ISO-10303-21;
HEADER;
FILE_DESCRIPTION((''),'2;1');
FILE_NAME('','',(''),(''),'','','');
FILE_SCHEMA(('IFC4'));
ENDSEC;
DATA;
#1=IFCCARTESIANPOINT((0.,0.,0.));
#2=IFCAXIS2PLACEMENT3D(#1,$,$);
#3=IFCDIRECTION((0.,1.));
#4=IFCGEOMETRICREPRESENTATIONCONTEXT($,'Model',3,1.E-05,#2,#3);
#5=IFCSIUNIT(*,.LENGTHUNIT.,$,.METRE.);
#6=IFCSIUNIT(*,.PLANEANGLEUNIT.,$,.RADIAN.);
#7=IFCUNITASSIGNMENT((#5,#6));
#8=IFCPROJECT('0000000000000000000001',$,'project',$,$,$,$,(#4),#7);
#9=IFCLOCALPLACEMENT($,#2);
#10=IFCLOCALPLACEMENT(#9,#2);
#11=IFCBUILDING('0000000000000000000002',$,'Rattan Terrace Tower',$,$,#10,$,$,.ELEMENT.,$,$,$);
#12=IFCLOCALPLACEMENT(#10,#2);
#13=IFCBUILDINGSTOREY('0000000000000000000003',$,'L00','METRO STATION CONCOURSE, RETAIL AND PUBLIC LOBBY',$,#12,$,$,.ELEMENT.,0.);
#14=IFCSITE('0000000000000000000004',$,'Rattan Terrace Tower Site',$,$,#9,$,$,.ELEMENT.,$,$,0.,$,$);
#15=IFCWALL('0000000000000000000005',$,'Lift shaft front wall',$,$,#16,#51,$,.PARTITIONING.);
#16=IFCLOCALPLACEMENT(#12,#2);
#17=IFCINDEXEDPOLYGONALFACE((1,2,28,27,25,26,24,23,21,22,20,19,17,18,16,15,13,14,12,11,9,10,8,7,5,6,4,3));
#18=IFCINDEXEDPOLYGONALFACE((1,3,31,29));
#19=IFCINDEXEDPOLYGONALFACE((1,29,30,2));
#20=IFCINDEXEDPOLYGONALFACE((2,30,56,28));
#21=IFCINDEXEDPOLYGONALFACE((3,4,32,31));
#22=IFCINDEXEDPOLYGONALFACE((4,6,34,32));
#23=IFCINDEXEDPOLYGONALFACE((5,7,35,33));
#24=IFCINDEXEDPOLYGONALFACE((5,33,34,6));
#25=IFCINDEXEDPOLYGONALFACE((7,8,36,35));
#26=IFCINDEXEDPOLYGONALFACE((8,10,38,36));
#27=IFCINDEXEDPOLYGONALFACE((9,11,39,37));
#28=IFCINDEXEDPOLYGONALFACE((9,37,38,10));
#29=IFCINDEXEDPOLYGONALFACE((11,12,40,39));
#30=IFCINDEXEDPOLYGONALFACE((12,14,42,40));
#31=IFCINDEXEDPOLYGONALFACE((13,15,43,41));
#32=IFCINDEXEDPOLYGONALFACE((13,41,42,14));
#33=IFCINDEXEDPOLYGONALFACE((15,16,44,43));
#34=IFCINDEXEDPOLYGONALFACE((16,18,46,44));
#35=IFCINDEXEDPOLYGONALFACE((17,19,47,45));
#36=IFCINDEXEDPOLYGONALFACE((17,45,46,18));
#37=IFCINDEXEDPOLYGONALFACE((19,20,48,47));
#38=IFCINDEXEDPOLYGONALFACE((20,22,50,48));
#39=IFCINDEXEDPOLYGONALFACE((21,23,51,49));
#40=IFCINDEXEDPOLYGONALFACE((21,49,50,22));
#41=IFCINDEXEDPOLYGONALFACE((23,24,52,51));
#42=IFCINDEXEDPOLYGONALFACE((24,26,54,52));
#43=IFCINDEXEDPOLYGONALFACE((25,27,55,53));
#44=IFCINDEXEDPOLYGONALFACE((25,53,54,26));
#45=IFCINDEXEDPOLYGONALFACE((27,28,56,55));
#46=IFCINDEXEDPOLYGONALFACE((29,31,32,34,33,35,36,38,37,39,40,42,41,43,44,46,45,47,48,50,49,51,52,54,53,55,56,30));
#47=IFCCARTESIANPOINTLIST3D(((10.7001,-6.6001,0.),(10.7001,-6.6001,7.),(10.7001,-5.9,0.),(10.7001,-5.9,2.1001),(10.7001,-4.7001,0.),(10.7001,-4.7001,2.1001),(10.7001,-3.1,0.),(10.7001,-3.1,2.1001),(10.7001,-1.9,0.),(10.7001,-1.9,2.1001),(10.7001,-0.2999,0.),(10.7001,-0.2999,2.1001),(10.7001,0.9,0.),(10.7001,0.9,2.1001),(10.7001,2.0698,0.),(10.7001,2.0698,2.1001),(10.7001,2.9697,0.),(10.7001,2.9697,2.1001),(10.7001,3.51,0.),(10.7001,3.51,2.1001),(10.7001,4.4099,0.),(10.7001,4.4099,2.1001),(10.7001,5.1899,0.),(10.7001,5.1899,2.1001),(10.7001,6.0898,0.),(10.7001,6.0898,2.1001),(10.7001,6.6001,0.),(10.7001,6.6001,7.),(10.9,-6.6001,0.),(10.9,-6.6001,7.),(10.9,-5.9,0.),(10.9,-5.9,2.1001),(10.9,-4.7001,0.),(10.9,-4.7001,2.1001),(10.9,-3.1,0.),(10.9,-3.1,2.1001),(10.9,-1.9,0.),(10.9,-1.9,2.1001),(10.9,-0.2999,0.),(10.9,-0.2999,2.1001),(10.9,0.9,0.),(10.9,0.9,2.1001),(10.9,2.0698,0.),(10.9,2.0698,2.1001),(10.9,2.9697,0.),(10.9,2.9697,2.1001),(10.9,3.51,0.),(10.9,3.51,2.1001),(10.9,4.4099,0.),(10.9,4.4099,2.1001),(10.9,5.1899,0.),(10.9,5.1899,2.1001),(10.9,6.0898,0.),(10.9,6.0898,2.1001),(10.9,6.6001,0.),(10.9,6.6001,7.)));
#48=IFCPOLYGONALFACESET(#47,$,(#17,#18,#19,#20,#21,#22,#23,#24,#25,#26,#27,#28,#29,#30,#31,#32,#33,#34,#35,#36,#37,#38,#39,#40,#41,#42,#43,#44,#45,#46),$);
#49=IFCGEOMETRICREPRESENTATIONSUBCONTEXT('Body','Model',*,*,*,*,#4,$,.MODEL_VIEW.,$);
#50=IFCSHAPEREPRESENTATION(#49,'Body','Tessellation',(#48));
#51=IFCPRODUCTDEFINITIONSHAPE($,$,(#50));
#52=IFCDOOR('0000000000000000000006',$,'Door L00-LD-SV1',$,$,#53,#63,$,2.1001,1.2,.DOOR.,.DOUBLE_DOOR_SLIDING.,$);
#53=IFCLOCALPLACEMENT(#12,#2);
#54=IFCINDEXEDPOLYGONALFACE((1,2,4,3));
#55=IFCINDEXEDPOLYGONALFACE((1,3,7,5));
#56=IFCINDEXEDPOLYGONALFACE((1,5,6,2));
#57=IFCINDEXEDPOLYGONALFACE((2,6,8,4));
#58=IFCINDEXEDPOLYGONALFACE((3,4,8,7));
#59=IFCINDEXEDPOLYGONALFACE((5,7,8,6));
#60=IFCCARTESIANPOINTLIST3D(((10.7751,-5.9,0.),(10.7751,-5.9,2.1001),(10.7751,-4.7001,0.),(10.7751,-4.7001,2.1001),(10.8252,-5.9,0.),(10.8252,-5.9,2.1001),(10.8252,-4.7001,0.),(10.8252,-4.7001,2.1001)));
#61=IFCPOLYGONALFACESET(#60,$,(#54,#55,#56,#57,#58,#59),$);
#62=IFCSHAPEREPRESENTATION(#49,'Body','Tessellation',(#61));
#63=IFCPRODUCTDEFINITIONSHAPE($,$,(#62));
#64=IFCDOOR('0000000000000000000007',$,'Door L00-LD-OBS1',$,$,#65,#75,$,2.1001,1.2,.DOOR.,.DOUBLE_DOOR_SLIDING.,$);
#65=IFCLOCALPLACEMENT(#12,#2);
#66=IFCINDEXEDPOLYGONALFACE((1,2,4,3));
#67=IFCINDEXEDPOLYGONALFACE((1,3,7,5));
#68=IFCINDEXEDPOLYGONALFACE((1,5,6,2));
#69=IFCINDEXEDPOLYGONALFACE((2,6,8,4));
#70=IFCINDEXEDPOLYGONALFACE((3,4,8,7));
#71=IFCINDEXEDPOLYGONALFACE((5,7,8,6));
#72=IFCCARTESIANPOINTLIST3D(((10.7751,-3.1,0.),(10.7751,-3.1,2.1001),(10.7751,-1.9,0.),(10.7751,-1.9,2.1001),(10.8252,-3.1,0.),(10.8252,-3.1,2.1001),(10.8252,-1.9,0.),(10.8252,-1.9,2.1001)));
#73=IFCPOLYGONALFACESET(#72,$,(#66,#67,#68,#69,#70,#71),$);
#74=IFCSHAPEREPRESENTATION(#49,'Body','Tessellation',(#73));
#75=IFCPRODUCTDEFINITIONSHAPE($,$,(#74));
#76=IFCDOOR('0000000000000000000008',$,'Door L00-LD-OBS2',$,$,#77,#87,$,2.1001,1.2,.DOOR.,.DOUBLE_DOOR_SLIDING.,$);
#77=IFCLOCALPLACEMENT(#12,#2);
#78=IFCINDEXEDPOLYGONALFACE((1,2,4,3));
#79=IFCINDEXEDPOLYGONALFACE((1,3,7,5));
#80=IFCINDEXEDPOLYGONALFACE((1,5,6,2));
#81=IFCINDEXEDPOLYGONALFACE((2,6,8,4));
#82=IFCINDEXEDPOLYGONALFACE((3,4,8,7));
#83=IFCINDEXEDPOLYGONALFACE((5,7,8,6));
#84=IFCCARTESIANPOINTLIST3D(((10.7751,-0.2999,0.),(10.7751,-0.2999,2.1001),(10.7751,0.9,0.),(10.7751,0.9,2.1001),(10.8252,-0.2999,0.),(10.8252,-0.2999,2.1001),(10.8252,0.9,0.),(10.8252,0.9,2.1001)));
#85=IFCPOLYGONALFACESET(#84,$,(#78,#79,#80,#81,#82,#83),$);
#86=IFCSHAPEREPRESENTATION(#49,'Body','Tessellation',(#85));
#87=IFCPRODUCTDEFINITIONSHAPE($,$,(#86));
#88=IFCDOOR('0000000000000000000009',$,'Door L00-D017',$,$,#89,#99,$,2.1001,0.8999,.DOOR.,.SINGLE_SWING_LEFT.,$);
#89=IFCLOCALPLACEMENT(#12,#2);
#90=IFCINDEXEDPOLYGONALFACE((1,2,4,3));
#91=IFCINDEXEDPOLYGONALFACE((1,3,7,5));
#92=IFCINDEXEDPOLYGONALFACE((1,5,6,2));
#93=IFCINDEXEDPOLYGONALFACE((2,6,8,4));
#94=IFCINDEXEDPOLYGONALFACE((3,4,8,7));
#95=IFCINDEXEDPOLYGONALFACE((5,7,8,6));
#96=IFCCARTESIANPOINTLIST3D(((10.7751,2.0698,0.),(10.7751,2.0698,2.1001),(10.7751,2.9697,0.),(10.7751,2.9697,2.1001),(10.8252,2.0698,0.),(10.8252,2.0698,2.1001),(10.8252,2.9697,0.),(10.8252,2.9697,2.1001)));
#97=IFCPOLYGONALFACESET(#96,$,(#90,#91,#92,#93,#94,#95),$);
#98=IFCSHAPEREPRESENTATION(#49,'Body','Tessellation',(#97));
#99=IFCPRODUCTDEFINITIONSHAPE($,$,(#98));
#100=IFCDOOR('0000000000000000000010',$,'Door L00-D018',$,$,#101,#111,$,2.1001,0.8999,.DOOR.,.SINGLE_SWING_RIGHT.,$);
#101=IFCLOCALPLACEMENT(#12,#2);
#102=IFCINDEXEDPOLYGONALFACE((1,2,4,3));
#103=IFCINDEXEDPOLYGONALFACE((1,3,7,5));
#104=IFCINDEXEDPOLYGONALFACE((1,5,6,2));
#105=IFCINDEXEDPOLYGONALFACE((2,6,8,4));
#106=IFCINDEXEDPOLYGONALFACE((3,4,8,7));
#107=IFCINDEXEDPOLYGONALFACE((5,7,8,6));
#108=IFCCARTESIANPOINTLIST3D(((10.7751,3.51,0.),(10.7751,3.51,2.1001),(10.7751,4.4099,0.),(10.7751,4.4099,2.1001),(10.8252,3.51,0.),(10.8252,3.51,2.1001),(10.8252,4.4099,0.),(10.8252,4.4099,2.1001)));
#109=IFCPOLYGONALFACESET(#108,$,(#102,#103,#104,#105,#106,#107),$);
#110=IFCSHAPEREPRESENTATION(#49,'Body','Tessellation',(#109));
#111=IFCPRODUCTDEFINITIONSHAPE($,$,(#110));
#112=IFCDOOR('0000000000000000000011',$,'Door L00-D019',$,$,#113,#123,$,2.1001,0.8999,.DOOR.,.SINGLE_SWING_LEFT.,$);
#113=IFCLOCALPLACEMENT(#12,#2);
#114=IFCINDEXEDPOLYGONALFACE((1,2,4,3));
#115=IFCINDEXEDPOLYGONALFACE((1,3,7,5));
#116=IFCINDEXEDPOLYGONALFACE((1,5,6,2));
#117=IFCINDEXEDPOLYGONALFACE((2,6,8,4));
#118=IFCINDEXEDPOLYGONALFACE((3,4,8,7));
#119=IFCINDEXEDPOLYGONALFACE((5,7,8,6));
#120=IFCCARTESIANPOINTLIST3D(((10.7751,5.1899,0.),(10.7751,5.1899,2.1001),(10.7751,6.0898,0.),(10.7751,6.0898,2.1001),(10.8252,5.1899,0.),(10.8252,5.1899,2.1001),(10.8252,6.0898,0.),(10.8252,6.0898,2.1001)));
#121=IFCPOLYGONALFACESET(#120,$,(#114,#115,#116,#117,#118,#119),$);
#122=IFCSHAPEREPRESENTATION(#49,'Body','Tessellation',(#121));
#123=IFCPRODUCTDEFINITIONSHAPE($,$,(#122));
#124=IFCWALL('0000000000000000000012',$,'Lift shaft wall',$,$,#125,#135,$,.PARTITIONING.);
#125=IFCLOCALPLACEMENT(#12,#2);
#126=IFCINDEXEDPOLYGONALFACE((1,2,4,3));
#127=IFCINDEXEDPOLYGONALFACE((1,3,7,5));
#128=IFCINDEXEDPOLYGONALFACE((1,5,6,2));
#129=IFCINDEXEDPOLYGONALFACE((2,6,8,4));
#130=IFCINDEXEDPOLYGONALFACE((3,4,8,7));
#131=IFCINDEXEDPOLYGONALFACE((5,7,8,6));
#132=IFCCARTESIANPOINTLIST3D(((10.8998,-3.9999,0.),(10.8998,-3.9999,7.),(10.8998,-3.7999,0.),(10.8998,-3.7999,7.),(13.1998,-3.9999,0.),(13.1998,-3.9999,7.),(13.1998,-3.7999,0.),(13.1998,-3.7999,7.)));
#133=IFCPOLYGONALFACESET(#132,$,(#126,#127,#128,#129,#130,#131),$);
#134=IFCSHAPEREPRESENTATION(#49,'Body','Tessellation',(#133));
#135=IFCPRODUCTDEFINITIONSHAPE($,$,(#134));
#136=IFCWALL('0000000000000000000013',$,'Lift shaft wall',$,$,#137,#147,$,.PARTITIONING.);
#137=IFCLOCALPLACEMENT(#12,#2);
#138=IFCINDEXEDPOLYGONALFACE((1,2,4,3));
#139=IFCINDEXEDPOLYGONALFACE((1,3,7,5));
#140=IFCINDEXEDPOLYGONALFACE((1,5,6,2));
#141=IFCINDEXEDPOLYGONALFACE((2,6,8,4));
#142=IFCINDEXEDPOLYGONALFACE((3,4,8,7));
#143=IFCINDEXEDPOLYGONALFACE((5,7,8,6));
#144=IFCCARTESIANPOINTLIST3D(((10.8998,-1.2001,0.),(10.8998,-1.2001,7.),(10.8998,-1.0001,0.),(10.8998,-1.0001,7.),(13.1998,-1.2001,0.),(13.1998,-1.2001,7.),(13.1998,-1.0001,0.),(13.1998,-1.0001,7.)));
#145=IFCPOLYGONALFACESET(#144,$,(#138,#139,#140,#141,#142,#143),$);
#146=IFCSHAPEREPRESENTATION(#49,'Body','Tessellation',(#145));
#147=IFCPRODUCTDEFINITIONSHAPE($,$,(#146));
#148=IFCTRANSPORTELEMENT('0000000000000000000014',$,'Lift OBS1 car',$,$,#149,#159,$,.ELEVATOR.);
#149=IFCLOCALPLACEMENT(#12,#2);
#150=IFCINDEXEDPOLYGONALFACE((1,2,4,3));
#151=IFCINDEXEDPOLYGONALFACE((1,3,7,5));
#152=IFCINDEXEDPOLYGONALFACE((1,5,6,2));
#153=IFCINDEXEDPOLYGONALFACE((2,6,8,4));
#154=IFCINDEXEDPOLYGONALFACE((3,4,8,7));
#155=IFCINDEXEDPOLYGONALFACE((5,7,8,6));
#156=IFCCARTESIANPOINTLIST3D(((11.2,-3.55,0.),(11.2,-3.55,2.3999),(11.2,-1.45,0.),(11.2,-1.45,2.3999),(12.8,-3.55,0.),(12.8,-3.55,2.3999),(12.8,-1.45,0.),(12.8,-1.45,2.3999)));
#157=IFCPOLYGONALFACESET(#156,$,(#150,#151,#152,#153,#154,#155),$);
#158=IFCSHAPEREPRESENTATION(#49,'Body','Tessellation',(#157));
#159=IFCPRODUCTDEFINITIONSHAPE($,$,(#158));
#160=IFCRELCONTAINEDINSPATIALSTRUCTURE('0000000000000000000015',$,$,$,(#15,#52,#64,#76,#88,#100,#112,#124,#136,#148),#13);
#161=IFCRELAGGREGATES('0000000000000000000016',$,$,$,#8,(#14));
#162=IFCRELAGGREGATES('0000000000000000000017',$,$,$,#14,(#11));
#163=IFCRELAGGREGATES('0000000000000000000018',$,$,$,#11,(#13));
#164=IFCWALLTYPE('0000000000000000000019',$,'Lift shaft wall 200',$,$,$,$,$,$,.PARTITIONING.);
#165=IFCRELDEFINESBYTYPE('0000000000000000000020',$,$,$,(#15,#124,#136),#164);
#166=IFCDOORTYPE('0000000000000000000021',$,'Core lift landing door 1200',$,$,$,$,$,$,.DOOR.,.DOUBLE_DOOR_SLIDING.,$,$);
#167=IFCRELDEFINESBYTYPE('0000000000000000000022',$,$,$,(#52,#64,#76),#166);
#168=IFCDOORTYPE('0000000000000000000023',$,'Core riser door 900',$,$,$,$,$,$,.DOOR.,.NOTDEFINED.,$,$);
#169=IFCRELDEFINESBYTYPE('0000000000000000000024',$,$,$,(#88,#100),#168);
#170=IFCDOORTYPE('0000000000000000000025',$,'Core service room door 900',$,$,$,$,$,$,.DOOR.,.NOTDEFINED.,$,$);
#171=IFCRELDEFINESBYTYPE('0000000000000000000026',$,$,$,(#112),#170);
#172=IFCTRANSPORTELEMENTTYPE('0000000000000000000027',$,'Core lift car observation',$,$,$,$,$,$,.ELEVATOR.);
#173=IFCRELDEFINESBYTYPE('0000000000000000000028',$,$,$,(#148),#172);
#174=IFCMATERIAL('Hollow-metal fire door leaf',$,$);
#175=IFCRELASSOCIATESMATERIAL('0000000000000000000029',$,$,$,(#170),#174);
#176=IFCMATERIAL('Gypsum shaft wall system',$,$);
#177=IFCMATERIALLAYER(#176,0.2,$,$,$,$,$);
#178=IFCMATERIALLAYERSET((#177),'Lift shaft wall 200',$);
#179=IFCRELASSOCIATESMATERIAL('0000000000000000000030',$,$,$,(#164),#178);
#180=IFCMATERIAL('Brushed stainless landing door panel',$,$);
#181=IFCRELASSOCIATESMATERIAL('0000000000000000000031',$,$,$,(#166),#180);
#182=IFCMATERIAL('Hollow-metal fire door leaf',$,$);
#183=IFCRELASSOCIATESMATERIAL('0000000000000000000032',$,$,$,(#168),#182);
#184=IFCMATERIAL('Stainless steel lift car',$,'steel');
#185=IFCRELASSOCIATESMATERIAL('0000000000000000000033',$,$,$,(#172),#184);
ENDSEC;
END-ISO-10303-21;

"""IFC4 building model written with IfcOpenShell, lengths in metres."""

from ifc_helpers import new_model, si_unit, direction, frame, frame_2d, origin, origin_2d, place, context, subcontext, project, spatial, rectangle, extrude, material, layer, layer_set, type_object, element, fill, save


model = new_model("IFC4")

# Units and contexts
model_context = context("Model", 3, precision=1e-05, world=origin(), true_north=direction((0.0, 1.0)))
body_context = subcontext(model_context, "Body", "Model", "MODEL_VIEW")
ifc_project = project(units=[si_unit("LENGTHUNIT", "METRE"), si_unit("PLANEANGLEUNIT", "RADIAN")], contexts=[model_context])

# Site, building, storey
site_placement = place(None, origin())
site = spatial("IfcSite", under=ifc_project, at=site_placement, Name="Rattan Terrace Tower Site", CompositionType="ELEMENT", RefElevation=0.0)
building_placement = place(site_placement, origin())
building = spatial("IfcBuilding", under=site, at=building_placement, Name="Rattan Terrace Tower", CompositionType="ELEMENT")
storey_placement = place(building_placement, origin())
storey = spatial("IfcBuildingStorey", under=building, at=storey_placement, Name="L00", Description="METRO STATION CONCOURSE, RETAIL AND PUBLIC LOBBY", CompositionType="ELEMENT", Elevation=0.0)

# Shared definitions
ifc_material_1 = material(Name="Hollow-metal fire door leaf")
door_type_1 = type_object("IfcDoorType", Name="Core service room door 900", OperationType="NOTDEFINED", PredefinedType="DOOR", material=ifc_material_1)

# Wall, openings, doors
ifc_material_2 = material(Name="Gypsum shaft wall system")
ifc_layer_1 = layer(ifc_material_2, 0.2)
ifc_layer_set_1 = layer_set([ifc_layer_1], Name="Lift shaft wall 200")
wall_type_1 = type_object("IfcWallType", Name="Lift shaft wall 200", PredefinedType="PARTITIONING", material=ifc_layer_set_1)
wall_1_placement = place(storey_placement, frame((10.8, -6.6001, 0.0), z_axis=(0.0, 0.0, 1.0), x_axis=(0.0, 1.0, 0.0)))
wall_1 = element("IfcWall", 1, at=wall_1_placement, inside=storey, type_object=wall_type_1, Name="Lift shaft front wall", PredefinedType="PARTITIONING", context=body_context, shape_type="SweptSolid", body=[
    extrude(rectangle(XDim=13.2002, YDim=0.2, at=frame_2d((6.6001, 0.0))), origin(), (0.0, 0.0, 1.0), 7.0),
])
opening_1_placement = place(wall_1_placement, frame((0.7, 0.0, 0.0)))
opening_1 = element("IfcOpeningElement", 2, at=opening_1_placement, cuts=wall_1, PredefinedType="OPENING", context=body_context, shape_type="SweptSolid", body=[
    extrude(rectangle(XDim=1.2, YDim=2.1001, at=frame_2d((0.6001, 1.05))), frame((0.0, 0.1106, 0.0), z_axis=(0.0, -1.0, 0.0), x_axis=(1.0, 0.0, 0.0)), (0.0, 0.0, 1.0), 0.2209),
])
opening_2_placement = place(wall_1_placement, frame((3.5, 0.0, 0.0)))
opening_2 = element("IfcOpeningElement", 3, at=opening_2_placement, cuts=wall_1, PredefinedType="OPENING", context=body_context, shape_type="SweptSolid", body=[
    extrude(rectangle(XDim=1.2, YDim=2.1001, at=frame_2d((0.6001, 1.05))), frame((0.0, 0.1106, 0.0), z_axis=(0.0, -1.0, 0.0), x_axis=(1.0, 0.0, 0.0)), (0.0, 0.0, 1.0), 0.2209),
])
opening_3_placement = place(wall_1_placement, frame((6.3, 0.0, 0.0)))
opening_3 = element("IfcOpeningElement", 4, at=opening_3_placement, cuts=wall_1, PredefinedType="OPENING", context=body_context, shape_type="SweptSolid", body=[
    extrude(rectangle(XDim=1.2, YDim=2.1001, at=frame_2d((0.6001, 1.05))), frame((0.0, 0.1106, 0.0), z_axis=(0.0, -1.0, 0.0), x_axis=(1.0, 0.0, 0.0)), (0.0, 0.0, 1.0), 0.2209),
])
opening_4_placement = place(wall_1_placement, frame((8.6699, 0.0, 0.0)))
opening_4 = element("IfcOpeningElement", 5, at=opening_4_placement, cuts=wall_1, PredefinedType="OPENING", context=body_context, shape_type="SweptSolid", body=[
    extrude(rectangle(XDim=0.8999, YDim=2.1001, at=frame_2d((0.45, 1.05))), frame((0.0, 0.1106, 0.0), z_axis=(0.0, -1.0, 0.0), x_axis=(1.0, 0.0, 0.0)), (0.0, 0.0, 1.0), 0.2209),
])
opening_5_placement = place(wall_1_placement, frame((10.1101, 0.0, 0.0)))
opening_5 = element("IfcOpeningElement", 6, at=opening_5_placement, cuts=wall_1, PredefinedType="OPENING", context=body_context, shape_type="SweptSolid", body=[
    extrude(rectangle(XDim=0.8999, YDim=2.1001, at=frame_2d((0.45, 1.05))), frame((0.0, 0.1106, 0.0), z_axis=(0.0, -1.0, 0.0), x_axis=(1.0, 0.0, 0.0)), (0.0, 0.0, 1.0), 0.2209),
])
opening_6_placement = place(wall_1_placement, frame((11.79, 0.0, 0.0)))
opening_6 = element("IfcOpeningElement", 7, at=opening_6_placement, cuts=wall_1, PredefinedType="OPENING", context=body_context, shape_type="SweptSolid", body=[
    extrude(rectangle(XDim=0.8999, YDim=2.1001, at=frame_2d((0.45, 1.05))), frame((0.0, 0.1106, 0.0), z_axis=(0.0, -1.0, 0.0), x_axis=(1.0, 0.0, 0.0)), (0.0, 0.0, 1.0), 0.2209),
])
ifc_material_3 = material(Name="Brushed stainless landing door panel")
door_type_2 = type_object("IfcDoorType", Name="Core lift landing door 1200", OperationType="DOUBLE_DOOR_SLIDING", PredefinedType="DOOR", material=ifc_material_3)
door_1_placement = place(opening_1_placement, origin())
door_1 = element("IfcDoor", 8, at=door_1_placement, inside=storey, type_object=door_type_2, Name="Door L00-LD-SV1", OperationType="DOUBLE_DOOR_SLIDING", OverallHeight=2.1001, OverallWidth=1.2, PredefinedType="DOOR", context=body_context, shape_type="SweptSolid", body=[
    extrude(rectangle(XDim=1.2, YDim=2.1001, at=frame_2d((0.6001, 1.05))), frame((0.0, 0.0249, 0.0), z_axis=(0.0, -1.0, 0.0), x_axis=(1.0, 0.0, 0.0)), (0.0, 0.0, 1.0), 0.05),
])
fill(opening_1, door_1)
door_2_placement = place(opening_2_placement, origin())
door_2 = element("IfcDoor", 9, at=door_2_placement, inside=storey, type_object=door_type_2, Name="Door L00-LD-OBS1", OperationType="DOUBLE_DOOR_SLIDING", OverallHeight=2.1001, OverallWidth=1.2, PredefinedType="DOOR", context=body_context, shape_type="SweptSolid", body=[
    extrude(rectangle(XDim=1.2, YDim=2.1001, at=frame_2d((0.6001, 1.05))), frame((0.0, 0.0249, 0.0), z_axis=(0.0, -1.0, 0.0), x_axis=(1.0, 0.0, 0.0)), (0.0, 0.0, 1.0), 0.05),
])
fill(opening_2, door_2)
door_3_placement = place(opening_3_placement, origin())
door_3 = element("IfcDoor", 10, at=door_3_placement, inside=storey, type_object=door_type_2, Name="Door L00-LD-OBS2", OperationType="DOUBLE_DOOR_SLIDING", OverallHeight=2.1001, OverallWidth=1.2, PredefinedType="DOOR", context=body_context, shape_type="SweptSolid", body=[
    extrude(rectangle(XDim=1.2, YDim=2.1001, at=frame_2d((0.6001, 1.05))), frame((0.0, 0.0249, 0.0), z_axis=(0.0, -1.0, 0.0), x_axis=(1.0, 0.0, 0.0)), (0.0, 0.0, 1.0), 0.05),
])
fill(opening_3, door_3)
ifc_material_4 = material(Name="Hollow-metal fire door leaf")
door_type_3 = type_object("IfcDoorType", Name="Core riser door 900", OperationType="NOTDEFINED", PredefinedType="DOOR", material=ifc_material_4)
door_4_placement = place(opening_4_placement, origin())
door_4 = element("IfcDoor", 11, at=door_4_placement, inside=storey, type_object=door_type_3, Name="Door L00-D017", OperationType="SINGLE_SWING_LEFT", OverallHeight=2.1001, OverallWidth=0.8999, PredefinedType="DOOR", context=body_context, shape_type="SweptSolid", body=[
    extrude(rectangle(XDim=0.8999, YDim=2.1001, at=frame_2d((0.45, 1.05))), frame((0.0, 0.0249, 0.0), z_axis=(0.0, -1.0, 0.0), x_axis=(1.0, 0.0, 0.0)), (0.0, 0.0, 1.0), 0.05),
])
fill(opening_4, door_4)
door_5_placement = place(opening_5_placement, origin())
door_5 = element("IfcDoor", 12, at=door_5_placement, inside=storey, type_object=door_type_3, Name="Door L00-D018", OperationType="SINGLE_SWING_RIGHT", OverallHeight=2.1001, OverallWidth=0.8999, PredefinedType="DOOR", context=body_context, shape_type="SweptSolid", body=[
    extrude(rectangle(XDim=0.8999, YDim=2.1001, at=frame_2d((0.45, 1.05))), frame((0.0, 0.0249, 0.0), z_axis=(0.0, -1.0, 0.0), x_axis=(1.0, 0.0, 0.0)), (0.0, 0.0, 1.0), 0.05),
])
fill(opening_5, door_5)
door_6_placement = place(opening_6_placement, origin())
door_6 = element("IfcDoor", 13, at=door_6_placement, inside=storey, type_object=door_type_1, Name="Door L00-D019", OperationType="SINGLE_SWING_LEFT", OverallHeight=2.1001, OverallWidth=0.8999, PredefinedType="DOOR", context=body_context, shape_type="SweptSolid", body=[
    extrude(rectangle(XDim=0.8999, YDim=2.1001, at=frame_2d((0.45, 1.05))), frame((0.0, 0.0249, 0.0), z_axis=(0.0, -1.0, 0.0), x_axis=(1.0, 0.0, 0.0)), (0.0, 0.0, 1.0), 0.05),
])
fill(opening_6, door_6)

# Walls
for number, where, z_axis, x_axis, name in (
    (14, (10.8999, -3.8999, 0.0), (0.0, 0.0, 1.0), (1.0, 0.0, 0.0), "Lift shaft wall"),
    (15, (10.8999, -1.1001, 0.0), (0.0, 0.0, 1.0), (1.0, 0.0, 0.0), "Lift shaft wall"),
):
    element("IfcWall", number, at=place(storey_placement, frame(where, z_axis=z_axis, x_axis=x_axis)), inside=storey, type_object=wall_type_1, Name=name, PredefinedType="PARTITIONING", context=body_context, shape_type="SweptSolid", body=[
        extrude(rectangle(XDim=2.3, YDim=0.2, at=frame_2d((1.1499, 0.0))), origin(), (0.0, 0.0, 1.0), 7.0),
    ])

# Transport element
ifc_material_5 = material(Name="Stainless steel lift car", Category="steel")
transport_element_type = type_object("IfcTransportElementType", Name="Core lift car observation", PredefinedType="ELEVATOR", material=ifc_material_5)
transport_element_placement = place(storey_placement, frame((12.0, -2.5, 0.0), z_axis=(0.0, 0.0, 1.0), x_axis=(1.0, 0.0, 0.0)))
element("IfcTransportElement", 16, at=transport_element_placement, inside=storey, type_object=transport_element_type, Name="Lift OBS1 car", PredefinedType="ELEVATOR", context=body_context, shape_type="SweptSolid", body=[
    extrude(rectangle(XDim=1.6001, YDim=2.1001, at=origin_2d()), origin(), (0.0, 0.0, 1.0), 2.3999),
])

save(model, "model.ifc")
